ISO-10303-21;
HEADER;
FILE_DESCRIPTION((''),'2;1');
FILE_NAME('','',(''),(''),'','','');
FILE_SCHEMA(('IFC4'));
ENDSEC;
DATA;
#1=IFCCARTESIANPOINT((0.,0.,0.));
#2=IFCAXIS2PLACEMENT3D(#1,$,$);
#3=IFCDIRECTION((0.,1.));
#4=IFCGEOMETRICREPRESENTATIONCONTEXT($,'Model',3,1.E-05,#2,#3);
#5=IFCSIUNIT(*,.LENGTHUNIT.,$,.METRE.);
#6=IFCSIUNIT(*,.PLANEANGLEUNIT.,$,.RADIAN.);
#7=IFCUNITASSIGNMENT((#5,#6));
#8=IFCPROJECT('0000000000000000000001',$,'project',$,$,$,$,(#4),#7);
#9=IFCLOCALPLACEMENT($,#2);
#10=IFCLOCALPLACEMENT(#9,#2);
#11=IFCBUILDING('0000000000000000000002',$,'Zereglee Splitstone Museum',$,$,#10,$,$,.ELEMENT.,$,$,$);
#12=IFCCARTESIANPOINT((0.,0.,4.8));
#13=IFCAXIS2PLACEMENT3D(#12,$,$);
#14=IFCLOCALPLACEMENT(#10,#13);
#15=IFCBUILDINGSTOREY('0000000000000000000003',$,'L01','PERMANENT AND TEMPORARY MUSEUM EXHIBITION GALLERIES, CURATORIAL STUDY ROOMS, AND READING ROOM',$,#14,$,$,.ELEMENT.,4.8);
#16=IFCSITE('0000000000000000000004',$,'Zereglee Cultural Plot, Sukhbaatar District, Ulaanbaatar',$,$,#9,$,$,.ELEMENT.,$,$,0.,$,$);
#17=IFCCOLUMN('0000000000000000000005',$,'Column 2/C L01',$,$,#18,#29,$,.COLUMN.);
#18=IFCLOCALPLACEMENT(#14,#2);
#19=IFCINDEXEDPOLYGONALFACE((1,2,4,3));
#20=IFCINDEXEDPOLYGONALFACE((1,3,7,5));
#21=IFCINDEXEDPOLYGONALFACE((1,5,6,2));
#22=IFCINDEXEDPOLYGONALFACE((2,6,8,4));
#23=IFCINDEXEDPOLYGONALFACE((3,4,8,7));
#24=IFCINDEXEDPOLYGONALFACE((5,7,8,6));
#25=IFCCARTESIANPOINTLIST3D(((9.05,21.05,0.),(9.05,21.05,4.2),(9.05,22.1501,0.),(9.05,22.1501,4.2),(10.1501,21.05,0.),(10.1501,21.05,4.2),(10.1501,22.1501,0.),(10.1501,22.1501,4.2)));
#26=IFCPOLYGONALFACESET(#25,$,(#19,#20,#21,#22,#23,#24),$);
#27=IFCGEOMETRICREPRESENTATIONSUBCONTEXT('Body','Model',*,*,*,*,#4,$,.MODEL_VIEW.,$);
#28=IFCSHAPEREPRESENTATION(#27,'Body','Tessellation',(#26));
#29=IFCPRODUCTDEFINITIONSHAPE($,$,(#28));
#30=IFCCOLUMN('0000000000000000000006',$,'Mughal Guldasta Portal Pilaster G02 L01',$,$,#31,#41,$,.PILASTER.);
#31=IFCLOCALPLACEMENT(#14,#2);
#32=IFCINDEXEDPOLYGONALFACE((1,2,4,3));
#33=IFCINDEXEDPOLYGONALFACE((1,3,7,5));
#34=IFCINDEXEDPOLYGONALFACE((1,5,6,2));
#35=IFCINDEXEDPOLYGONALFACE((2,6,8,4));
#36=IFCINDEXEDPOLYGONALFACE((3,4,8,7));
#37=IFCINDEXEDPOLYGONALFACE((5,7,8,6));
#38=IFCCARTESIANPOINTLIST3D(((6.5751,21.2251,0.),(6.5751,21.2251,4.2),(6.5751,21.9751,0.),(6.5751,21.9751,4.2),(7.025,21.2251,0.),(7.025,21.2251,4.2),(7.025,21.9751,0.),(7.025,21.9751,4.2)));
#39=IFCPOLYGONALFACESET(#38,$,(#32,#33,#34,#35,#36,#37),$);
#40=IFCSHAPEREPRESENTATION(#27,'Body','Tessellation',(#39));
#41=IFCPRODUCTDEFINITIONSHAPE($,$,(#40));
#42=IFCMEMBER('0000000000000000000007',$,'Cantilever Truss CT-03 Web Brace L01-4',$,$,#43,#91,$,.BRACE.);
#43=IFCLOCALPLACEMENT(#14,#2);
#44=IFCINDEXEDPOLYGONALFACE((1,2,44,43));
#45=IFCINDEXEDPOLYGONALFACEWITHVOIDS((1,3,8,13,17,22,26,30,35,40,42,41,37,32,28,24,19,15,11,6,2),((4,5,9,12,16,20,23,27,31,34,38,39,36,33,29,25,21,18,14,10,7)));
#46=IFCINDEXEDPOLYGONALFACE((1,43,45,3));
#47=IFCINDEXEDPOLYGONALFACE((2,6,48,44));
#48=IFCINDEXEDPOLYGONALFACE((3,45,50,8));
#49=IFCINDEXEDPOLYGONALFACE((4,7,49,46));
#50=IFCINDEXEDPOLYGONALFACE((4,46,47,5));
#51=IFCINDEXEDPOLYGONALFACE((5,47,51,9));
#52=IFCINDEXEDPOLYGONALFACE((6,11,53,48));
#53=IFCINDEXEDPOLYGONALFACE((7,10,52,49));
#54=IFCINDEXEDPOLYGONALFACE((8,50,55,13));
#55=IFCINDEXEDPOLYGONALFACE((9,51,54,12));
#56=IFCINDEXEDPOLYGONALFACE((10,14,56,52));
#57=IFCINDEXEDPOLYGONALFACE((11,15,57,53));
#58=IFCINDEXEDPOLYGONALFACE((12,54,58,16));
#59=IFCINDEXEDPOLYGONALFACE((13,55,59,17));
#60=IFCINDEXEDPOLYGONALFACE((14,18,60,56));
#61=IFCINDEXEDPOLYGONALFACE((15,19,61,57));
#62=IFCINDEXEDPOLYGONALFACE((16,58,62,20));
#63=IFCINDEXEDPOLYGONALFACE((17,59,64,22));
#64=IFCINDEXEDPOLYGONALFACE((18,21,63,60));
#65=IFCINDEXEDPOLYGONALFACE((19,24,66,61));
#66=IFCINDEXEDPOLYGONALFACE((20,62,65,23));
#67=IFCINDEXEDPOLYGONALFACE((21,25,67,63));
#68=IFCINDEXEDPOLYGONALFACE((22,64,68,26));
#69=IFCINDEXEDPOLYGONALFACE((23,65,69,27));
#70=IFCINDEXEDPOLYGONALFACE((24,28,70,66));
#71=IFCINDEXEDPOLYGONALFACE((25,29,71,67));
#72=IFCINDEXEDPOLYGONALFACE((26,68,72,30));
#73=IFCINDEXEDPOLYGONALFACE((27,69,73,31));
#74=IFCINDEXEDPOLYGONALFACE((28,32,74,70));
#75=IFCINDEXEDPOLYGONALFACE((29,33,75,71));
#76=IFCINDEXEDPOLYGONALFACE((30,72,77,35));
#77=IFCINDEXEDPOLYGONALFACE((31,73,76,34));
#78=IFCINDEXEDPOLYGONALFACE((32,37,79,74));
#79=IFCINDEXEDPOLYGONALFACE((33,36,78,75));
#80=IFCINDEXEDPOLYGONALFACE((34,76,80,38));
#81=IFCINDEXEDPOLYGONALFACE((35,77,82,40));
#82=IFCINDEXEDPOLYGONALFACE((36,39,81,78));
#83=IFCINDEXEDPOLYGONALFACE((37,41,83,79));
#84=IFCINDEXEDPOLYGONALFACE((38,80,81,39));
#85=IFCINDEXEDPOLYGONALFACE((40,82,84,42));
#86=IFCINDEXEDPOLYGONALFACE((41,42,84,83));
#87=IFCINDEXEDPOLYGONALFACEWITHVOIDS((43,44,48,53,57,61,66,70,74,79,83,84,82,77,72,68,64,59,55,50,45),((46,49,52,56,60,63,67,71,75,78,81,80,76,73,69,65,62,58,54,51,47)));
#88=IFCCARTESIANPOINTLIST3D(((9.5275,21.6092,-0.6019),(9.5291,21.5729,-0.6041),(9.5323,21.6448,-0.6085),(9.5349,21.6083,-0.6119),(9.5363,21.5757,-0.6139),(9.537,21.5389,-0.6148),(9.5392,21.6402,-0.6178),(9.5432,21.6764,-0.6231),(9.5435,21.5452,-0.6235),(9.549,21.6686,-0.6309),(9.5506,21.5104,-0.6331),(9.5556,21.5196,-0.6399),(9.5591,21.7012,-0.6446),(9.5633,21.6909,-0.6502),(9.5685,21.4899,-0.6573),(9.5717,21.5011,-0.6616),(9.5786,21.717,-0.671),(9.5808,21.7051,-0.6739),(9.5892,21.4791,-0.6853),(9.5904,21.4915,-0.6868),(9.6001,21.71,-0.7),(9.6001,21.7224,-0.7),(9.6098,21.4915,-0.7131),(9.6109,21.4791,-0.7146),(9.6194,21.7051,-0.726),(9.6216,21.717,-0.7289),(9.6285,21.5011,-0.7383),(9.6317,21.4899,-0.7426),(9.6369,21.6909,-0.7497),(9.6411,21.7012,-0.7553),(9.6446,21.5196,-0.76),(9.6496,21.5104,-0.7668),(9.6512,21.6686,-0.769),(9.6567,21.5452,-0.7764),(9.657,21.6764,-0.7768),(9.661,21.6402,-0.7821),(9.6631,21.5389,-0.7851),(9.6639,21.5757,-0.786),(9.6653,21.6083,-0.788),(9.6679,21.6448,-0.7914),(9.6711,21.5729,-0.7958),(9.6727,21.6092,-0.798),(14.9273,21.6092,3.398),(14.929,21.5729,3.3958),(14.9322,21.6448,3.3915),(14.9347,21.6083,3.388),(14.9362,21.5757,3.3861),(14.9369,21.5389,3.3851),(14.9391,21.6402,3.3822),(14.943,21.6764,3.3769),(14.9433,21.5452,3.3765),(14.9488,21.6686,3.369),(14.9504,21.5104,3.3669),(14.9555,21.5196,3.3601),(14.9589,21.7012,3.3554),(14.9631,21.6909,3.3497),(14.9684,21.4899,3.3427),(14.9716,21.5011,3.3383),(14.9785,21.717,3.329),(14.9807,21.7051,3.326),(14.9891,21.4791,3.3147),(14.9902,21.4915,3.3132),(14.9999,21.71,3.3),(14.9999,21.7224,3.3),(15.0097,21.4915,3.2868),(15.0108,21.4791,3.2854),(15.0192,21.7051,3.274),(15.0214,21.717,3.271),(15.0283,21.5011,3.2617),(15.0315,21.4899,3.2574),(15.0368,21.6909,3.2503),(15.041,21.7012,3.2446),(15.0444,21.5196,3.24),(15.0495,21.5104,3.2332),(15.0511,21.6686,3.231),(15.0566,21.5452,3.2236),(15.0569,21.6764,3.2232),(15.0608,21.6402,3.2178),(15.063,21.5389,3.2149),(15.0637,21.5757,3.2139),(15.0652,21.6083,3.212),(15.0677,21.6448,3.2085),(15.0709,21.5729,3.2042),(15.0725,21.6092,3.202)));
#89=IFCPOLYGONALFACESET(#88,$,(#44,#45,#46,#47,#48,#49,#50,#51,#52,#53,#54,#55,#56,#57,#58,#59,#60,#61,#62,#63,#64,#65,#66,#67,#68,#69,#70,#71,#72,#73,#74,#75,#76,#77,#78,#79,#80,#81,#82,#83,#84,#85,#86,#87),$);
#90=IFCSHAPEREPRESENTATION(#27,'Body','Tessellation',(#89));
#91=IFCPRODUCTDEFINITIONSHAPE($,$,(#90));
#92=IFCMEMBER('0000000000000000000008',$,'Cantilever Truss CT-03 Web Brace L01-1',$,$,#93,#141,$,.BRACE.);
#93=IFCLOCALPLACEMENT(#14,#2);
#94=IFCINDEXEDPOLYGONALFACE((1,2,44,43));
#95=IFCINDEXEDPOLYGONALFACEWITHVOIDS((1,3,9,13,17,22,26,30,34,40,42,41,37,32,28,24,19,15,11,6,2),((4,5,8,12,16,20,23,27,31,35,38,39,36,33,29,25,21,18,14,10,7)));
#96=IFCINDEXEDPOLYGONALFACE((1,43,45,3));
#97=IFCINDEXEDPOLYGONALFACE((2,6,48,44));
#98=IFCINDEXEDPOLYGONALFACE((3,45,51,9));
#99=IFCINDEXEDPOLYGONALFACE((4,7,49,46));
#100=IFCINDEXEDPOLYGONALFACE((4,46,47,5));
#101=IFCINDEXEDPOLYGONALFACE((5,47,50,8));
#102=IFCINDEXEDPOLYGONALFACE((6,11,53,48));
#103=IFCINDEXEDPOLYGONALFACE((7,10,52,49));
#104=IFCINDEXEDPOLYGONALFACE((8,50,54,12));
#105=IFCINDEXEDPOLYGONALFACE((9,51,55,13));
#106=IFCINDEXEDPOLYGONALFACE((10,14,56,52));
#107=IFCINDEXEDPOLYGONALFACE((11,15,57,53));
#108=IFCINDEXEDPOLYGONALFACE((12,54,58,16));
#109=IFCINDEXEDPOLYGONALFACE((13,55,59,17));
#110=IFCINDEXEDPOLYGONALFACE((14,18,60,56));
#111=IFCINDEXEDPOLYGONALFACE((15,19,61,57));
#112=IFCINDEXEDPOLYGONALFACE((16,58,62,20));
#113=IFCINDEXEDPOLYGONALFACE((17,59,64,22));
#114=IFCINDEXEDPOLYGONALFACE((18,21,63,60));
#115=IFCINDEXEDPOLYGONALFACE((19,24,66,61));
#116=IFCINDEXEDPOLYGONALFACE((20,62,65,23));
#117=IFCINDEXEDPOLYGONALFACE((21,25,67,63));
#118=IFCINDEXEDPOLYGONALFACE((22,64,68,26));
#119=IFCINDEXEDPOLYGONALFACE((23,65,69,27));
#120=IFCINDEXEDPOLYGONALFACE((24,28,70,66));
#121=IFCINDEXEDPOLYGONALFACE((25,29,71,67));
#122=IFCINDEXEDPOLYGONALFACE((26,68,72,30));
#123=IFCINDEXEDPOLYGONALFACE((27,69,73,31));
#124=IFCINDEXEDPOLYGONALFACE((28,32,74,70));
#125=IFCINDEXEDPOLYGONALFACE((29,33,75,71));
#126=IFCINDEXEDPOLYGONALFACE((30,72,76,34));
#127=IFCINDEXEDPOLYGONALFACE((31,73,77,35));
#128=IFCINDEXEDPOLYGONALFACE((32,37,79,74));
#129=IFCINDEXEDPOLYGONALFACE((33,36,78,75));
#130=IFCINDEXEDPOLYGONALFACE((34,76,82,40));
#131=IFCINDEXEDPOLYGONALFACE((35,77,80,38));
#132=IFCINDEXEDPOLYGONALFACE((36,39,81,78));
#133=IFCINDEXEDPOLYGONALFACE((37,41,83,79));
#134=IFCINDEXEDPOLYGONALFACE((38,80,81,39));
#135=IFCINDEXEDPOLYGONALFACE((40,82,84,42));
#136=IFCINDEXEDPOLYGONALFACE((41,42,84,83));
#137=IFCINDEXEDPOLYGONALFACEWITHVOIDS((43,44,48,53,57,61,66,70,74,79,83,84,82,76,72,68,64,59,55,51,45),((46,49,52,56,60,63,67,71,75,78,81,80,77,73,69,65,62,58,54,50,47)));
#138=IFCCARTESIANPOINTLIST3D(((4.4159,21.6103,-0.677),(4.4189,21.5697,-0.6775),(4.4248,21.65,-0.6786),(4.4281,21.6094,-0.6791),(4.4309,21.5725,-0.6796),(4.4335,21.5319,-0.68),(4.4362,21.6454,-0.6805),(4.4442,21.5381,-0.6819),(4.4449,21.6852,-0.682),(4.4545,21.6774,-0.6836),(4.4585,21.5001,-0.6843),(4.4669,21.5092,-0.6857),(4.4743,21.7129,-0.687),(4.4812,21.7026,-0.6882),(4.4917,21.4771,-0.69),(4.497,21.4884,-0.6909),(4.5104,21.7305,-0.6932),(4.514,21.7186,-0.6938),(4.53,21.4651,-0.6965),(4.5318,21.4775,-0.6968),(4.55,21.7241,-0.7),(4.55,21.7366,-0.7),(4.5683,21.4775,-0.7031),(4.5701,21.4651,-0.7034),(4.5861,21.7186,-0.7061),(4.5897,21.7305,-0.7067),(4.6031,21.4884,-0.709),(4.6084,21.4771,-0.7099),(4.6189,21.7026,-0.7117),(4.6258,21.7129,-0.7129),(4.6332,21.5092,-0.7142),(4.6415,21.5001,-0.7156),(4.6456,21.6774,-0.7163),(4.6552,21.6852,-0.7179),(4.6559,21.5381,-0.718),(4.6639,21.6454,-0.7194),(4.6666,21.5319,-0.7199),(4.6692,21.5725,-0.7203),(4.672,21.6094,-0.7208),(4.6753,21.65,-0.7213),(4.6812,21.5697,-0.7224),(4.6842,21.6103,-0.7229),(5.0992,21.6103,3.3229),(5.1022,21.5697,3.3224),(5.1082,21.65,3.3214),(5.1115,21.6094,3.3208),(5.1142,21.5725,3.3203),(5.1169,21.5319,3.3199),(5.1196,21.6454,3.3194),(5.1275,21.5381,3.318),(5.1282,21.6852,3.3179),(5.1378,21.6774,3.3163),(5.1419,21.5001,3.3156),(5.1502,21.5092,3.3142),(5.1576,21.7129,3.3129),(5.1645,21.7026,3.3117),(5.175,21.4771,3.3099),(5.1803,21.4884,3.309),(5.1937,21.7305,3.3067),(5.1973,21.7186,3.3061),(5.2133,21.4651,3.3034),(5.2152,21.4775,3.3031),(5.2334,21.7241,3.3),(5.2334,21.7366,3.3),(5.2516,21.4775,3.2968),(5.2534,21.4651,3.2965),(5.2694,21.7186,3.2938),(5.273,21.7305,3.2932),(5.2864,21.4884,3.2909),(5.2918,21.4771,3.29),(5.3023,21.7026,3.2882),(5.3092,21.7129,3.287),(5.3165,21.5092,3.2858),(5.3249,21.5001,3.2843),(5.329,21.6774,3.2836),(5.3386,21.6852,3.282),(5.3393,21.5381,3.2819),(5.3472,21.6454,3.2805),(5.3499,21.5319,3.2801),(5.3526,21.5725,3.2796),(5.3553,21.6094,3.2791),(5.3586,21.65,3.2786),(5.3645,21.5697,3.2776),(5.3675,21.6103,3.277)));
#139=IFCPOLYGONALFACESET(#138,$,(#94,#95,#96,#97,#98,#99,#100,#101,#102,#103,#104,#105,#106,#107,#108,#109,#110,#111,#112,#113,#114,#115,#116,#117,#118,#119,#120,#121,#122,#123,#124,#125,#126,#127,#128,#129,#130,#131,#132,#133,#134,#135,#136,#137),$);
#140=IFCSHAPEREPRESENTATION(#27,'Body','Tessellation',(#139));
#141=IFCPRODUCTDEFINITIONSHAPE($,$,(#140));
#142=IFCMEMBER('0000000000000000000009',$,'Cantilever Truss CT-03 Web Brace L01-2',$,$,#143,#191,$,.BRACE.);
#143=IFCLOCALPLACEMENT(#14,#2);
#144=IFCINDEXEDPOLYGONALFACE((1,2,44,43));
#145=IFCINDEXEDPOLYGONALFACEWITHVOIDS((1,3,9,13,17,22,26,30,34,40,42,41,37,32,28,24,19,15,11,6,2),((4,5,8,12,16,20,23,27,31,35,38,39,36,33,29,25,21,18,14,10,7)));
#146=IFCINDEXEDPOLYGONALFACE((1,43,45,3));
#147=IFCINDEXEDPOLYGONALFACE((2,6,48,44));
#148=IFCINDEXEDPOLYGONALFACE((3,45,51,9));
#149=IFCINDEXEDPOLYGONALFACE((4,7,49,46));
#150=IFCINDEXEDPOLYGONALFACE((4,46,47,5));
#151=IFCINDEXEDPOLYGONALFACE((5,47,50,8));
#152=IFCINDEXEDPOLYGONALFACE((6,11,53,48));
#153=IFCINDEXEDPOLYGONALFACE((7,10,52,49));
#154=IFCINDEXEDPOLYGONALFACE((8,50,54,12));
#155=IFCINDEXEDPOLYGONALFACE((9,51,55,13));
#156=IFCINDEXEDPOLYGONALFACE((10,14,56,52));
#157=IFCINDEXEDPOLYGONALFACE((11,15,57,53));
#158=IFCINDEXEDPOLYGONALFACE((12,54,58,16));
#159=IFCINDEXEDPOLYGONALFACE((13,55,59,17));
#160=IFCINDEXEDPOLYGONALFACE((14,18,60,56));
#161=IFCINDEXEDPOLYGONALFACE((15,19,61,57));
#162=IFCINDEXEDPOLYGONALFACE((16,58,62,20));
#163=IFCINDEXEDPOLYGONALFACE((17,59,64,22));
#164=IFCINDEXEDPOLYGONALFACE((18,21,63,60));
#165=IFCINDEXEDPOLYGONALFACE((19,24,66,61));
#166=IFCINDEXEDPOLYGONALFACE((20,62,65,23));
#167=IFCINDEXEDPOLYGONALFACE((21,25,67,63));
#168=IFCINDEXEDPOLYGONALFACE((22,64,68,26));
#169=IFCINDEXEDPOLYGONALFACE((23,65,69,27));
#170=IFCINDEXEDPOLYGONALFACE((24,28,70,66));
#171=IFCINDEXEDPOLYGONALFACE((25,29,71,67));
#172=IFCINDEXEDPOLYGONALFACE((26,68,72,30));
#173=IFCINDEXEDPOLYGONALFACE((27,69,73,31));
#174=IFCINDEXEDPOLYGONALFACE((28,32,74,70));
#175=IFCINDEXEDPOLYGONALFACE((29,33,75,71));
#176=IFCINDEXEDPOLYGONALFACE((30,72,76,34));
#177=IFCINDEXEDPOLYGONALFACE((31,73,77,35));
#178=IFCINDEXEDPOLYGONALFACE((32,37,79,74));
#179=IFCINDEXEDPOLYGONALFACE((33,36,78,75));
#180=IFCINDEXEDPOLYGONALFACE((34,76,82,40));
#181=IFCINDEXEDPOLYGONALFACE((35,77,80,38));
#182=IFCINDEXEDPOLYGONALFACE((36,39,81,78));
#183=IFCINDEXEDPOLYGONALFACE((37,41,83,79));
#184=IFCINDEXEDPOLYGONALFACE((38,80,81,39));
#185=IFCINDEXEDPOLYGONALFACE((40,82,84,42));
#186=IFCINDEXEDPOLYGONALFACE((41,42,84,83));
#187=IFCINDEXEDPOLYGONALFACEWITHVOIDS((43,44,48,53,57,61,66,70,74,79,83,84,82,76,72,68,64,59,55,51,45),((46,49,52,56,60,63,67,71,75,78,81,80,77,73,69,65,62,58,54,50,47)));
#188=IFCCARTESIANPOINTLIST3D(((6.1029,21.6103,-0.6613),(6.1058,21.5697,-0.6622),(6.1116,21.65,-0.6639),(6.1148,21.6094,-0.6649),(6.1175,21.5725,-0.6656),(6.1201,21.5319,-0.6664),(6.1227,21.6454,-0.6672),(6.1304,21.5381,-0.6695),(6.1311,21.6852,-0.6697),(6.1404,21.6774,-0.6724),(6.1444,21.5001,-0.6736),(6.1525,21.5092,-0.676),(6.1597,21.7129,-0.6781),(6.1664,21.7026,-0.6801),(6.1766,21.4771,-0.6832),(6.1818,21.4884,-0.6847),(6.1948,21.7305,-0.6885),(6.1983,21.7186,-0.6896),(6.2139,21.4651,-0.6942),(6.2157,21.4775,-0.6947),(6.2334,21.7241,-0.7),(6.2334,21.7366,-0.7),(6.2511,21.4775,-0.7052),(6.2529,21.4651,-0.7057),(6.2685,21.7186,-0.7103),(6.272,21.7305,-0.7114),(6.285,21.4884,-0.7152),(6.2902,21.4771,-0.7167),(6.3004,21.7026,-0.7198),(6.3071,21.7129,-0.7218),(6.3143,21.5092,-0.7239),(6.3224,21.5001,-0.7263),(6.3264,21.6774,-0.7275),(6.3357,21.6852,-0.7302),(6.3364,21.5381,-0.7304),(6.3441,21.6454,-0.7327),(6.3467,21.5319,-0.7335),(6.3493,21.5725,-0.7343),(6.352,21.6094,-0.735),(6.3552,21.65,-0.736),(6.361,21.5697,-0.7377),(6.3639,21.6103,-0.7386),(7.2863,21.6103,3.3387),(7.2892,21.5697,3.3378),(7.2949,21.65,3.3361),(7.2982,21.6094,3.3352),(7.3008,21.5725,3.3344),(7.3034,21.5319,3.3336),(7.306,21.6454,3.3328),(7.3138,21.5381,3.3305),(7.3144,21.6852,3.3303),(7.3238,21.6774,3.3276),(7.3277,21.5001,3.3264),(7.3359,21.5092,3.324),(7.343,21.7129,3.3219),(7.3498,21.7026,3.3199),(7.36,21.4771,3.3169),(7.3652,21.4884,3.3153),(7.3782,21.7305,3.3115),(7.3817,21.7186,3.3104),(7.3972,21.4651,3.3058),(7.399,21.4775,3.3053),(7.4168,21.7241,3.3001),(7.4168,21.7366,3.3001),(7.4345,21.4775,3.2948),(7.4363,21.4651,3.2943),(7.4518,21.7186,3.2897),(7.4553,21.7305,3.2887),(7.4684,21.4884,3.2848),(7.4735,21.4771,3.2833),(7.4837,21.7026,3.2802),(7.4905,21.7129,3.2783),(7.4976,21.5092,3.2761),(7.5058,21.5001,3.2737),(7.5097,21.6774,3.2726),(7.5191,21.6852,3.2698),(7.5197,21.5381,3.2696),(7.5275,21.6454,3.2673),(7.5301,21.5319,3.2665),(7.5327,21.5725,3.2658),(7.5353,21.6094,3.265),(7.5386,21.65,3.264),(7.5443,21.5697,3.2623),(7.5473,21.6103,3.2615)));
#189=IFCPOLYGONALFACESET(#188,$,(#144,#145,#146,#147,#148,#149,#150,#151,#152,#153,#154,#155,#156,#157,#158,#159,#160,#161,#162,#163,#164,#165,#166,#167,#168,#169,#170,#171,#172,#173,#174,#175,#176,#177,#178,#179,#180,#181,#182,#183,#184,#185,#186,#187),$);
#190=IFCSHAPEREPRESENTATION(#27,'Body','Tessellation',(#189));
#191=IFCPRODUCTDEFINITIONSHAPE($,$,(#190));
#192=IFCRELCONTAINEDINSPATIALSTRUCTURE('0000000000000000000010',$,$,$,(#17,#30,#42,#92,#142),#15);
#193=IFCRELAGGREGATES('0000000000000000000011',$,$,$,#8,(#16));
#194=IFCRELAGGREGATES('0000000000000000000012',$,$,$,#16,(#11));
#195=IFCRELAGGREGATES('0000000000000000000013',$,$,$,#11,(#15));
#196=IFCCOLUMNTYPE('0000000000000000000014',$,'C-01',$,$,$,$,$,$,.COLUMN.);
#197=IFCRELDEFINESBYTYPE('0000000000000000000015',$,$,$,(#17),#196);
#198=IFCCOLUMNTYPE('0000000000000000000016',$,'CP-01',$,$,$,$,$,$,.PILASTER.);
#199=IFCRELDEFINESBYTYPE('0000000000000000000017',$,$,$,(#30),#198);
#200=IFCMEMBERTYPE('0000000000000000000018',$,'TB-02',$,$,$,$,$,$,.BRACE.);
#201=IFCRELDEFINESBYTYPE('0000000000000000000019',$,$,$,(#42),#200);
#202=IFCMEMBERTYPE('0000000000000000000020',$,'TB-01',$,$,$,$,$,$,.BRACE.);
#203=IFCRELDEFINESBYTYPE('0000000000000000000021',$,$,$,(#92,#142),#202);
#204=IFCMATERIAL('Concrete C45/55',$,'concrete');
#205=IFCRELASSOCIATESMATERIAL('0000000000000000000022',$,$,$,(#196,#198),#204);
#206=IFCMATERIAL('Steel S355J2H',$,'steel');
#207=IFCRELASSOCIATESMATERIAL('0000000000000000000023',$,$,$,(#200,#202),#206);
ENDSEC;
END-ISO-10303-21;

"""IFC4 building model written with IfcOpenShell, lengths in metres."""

from ifc_helpers import new_model, si_unit, direction, frame, origin, origin_2d, place, context, subcontext, project, spatial, rectangle, hollow_circle, extrude, material, material_profile, profile_set, type_object, element, save


model = new_model("IFC4")

# Units and contexts
model_context = context("Model", 3, precision=1e-05, world=origin(), true_north=direction((0.0, 1.0)))
body_context = subcontext(model_context, "Body", "Model", "MODEL_VIEW")
ifc_project = project(units=[si_unit("LENGTHUNIT", "METRE"), si_unit("PLANEANGLEUNIT", "RADIAN")], contexts=[model_context])

# Site, building, storey
site_placement = place(None, origin())
site = spatial("IfcSite", under=ifc_project, at=site_placement, Name="Zereglee Cultural Plot, Sukhbaatar District, Ulaanbaatar", CompositionType="ELEMENT", RefElevation=0.0)
building_placement = place(site_placement, origin())
building = spatial("IfcBuilding", under=site, at=building_placement, Name="Zereglee Splitstone Museum", CompositionType="ELEMENT")
storey_placement = place(building_placement, frame((0.0, 0.0, 4.8)))
storey = spatial("IfcBuildingStorey", under=building, at=storey_placement, Name="L01", Description="PERMANENT AND TEMPORARY MUSEUM EXHIBITION GALLERIES, CURATORIAL STUDY ROOMS, AND READING ROOM", CompositionType="ELEMENT", Elevation=4.8)

# Columns
ifc_material_1 = material(Name="Concrete C45/55", Category="concrete")
ifc_material_profile_1 = material_profile(ifc_material_1, rectangle(XDim=1.1001, YDim=1.1001, at=origin_2d()), Name="RC 1100x1100")
ifc_profile_set_1 = profile_set([ifc_material_profile_1], Name="Concrete C45/55")
column_type_1 = type_object("IfcColumnType", Name="C-01", PredefinedType="COLUMN", material=ifc_profile_set_1)
column_1_placement = place(storey_placement, frame((9.6001, 21.6001, 0.0), z_axis=(0.0, 0.0, 1.0), x_axis=(1.0, 0.0, 0.0)))
element("IfcColumn", 1, at=column_1_placement, inside=storey, type_object=column_type_1, Name="Column 2/C L01", PredefinedType="COLUMN", context=body_context, shape_type="SweptSolid", body=[
    extrude(rectangle(XDim=1.1001, YDim=1.1001, at=origin_2d()), origin(), (0.0, 0.0, 1.0), 4.2),
])
ifc_material_profile_2 = material_profile(ifc_material_1, rectangle(XDim=0.45, YDim=0.75, at=origin_2d()), Name="RC 450x750")
ifc_profile_set_2 = profile_set([ifc_material_profile_2], Name="Concrete C45/55")
column_type_2 = type_object("IfcColumnType", Name="CP-01", PredefinedType="PILASTER", material=ifc_profile_set_2)
column_2_placement = place(storey_placement, frame((6.8, 21.6001, 0.0), z_axis=(0.0, 0.0, 1.0), x_axis=(1.0, 0.0, 0.0)))
element("IfcColumn", 2, at=column_2_placement, inside=storey, type_object=column_type_2, Name="Mughal Guldasta Portal Pilaster G02 L01", PredefinedType="PILASTER", context=body_context, shape_type="SweptSolid", body=[
    extrude(rectangle(XDim=0.45, YDim=0.75, at=origin_2d()), origin(), (0.0, 0.0, 1.0), 4.2),
])

# Members
ifc_material_2 = material(Name="Steel S355J2H", Category="steel")
ifc_material_profile_3 = material_profile(ifc_material_2, hollow_circle(Radius=0.1223, WallThickness=0.0125, at=origin_2d()), Name="CHS 244.5x12.5")
ifc_profile_set_3 = profile_set([ifc_material_profile_3], Name="Steel S355J2H")
member_type_1 = type_object("IfcMemberType", Name="TB-02", PredefinedType="BRACE", material=ifc_profile_set_3)
member_1_placement = place(storey_placement, frame((9.6001, 21.6001, -0.7), z_axis=(0.803552, 0.0, 0.595235), x_axis=(0.0, 1.0, 0.0)))
element("IfcMember", 3, at=member_1_placement, inside=storey, type_object=member_type_1, Name="Cantilever Truss CT-03 Web Brace L01-4", PredefinedType="BRACE", context=body_context, shape_type="SweptSolid", body=[
    extrude(hollow_circle(Radius=0.1223, WallThickness=0.0125, at=origin_2d()), origin(), (0.0, 0.0, 1.0), 6.72),
])
ifc_material_profile_4 = material_profile(ifc_material_2, hollow_circle(Radius=0.1365, WallThickness=0.0125, at=origin_2d()), Name="CHS 273.0x12.5")
ifc_profile_set_4 = profile_set([ifc_material_profile_4], Name="Steel S355J2H")
member_type_2 = type_object("IfcMemberType", Name="TB-01", PredefinedType="BRACE", material=ifc_profile_set_4)
member_2_placement = place(storey_placement, frame((4.55, 21.6001, -0.7), z_axis=(0.168398, 0.0, 0.985719), x_axis=(0.0, 1.0, 0.0)))
element("IfcMember", 4, at=member_2_placement, inside=storey, type_object=member_type_2, Name="Cantilever Truss CT-03 Web Brace L01-1", PredefinedType="BRACE", context=body_context, shape_type="SweptSolid", body=[
    extrude(hollow_circle(Radius=0.1365, WallThickness=0.0125, at=origin_2d()), origin(), (0.0, 0.0, 1.0), 4.0579),
])
member_3_placement = place(storey_placement, frame((6.2334, 21.6001, -0.7), z_axis=(0.283684, 0.0, 0.958918), x_axis=(0.0, 1.0, 0.0)))
element("IfcMember", 5, at=member_3_placement, inside=storey, type_object=member_type_2, Name="Cantilever Truss CT-03 Web Brace L01-2", PredefinedType="BRACE", context=body_context, shape_type="SweptSolid", body=[
    extrude(hollow_circle(Radius=0.1365, WallThickness=0.0125, at=origin_2d()), origin(), (0.0, 0.0, 1.0), 4.1714),
])

save(model, "model.ifc")
